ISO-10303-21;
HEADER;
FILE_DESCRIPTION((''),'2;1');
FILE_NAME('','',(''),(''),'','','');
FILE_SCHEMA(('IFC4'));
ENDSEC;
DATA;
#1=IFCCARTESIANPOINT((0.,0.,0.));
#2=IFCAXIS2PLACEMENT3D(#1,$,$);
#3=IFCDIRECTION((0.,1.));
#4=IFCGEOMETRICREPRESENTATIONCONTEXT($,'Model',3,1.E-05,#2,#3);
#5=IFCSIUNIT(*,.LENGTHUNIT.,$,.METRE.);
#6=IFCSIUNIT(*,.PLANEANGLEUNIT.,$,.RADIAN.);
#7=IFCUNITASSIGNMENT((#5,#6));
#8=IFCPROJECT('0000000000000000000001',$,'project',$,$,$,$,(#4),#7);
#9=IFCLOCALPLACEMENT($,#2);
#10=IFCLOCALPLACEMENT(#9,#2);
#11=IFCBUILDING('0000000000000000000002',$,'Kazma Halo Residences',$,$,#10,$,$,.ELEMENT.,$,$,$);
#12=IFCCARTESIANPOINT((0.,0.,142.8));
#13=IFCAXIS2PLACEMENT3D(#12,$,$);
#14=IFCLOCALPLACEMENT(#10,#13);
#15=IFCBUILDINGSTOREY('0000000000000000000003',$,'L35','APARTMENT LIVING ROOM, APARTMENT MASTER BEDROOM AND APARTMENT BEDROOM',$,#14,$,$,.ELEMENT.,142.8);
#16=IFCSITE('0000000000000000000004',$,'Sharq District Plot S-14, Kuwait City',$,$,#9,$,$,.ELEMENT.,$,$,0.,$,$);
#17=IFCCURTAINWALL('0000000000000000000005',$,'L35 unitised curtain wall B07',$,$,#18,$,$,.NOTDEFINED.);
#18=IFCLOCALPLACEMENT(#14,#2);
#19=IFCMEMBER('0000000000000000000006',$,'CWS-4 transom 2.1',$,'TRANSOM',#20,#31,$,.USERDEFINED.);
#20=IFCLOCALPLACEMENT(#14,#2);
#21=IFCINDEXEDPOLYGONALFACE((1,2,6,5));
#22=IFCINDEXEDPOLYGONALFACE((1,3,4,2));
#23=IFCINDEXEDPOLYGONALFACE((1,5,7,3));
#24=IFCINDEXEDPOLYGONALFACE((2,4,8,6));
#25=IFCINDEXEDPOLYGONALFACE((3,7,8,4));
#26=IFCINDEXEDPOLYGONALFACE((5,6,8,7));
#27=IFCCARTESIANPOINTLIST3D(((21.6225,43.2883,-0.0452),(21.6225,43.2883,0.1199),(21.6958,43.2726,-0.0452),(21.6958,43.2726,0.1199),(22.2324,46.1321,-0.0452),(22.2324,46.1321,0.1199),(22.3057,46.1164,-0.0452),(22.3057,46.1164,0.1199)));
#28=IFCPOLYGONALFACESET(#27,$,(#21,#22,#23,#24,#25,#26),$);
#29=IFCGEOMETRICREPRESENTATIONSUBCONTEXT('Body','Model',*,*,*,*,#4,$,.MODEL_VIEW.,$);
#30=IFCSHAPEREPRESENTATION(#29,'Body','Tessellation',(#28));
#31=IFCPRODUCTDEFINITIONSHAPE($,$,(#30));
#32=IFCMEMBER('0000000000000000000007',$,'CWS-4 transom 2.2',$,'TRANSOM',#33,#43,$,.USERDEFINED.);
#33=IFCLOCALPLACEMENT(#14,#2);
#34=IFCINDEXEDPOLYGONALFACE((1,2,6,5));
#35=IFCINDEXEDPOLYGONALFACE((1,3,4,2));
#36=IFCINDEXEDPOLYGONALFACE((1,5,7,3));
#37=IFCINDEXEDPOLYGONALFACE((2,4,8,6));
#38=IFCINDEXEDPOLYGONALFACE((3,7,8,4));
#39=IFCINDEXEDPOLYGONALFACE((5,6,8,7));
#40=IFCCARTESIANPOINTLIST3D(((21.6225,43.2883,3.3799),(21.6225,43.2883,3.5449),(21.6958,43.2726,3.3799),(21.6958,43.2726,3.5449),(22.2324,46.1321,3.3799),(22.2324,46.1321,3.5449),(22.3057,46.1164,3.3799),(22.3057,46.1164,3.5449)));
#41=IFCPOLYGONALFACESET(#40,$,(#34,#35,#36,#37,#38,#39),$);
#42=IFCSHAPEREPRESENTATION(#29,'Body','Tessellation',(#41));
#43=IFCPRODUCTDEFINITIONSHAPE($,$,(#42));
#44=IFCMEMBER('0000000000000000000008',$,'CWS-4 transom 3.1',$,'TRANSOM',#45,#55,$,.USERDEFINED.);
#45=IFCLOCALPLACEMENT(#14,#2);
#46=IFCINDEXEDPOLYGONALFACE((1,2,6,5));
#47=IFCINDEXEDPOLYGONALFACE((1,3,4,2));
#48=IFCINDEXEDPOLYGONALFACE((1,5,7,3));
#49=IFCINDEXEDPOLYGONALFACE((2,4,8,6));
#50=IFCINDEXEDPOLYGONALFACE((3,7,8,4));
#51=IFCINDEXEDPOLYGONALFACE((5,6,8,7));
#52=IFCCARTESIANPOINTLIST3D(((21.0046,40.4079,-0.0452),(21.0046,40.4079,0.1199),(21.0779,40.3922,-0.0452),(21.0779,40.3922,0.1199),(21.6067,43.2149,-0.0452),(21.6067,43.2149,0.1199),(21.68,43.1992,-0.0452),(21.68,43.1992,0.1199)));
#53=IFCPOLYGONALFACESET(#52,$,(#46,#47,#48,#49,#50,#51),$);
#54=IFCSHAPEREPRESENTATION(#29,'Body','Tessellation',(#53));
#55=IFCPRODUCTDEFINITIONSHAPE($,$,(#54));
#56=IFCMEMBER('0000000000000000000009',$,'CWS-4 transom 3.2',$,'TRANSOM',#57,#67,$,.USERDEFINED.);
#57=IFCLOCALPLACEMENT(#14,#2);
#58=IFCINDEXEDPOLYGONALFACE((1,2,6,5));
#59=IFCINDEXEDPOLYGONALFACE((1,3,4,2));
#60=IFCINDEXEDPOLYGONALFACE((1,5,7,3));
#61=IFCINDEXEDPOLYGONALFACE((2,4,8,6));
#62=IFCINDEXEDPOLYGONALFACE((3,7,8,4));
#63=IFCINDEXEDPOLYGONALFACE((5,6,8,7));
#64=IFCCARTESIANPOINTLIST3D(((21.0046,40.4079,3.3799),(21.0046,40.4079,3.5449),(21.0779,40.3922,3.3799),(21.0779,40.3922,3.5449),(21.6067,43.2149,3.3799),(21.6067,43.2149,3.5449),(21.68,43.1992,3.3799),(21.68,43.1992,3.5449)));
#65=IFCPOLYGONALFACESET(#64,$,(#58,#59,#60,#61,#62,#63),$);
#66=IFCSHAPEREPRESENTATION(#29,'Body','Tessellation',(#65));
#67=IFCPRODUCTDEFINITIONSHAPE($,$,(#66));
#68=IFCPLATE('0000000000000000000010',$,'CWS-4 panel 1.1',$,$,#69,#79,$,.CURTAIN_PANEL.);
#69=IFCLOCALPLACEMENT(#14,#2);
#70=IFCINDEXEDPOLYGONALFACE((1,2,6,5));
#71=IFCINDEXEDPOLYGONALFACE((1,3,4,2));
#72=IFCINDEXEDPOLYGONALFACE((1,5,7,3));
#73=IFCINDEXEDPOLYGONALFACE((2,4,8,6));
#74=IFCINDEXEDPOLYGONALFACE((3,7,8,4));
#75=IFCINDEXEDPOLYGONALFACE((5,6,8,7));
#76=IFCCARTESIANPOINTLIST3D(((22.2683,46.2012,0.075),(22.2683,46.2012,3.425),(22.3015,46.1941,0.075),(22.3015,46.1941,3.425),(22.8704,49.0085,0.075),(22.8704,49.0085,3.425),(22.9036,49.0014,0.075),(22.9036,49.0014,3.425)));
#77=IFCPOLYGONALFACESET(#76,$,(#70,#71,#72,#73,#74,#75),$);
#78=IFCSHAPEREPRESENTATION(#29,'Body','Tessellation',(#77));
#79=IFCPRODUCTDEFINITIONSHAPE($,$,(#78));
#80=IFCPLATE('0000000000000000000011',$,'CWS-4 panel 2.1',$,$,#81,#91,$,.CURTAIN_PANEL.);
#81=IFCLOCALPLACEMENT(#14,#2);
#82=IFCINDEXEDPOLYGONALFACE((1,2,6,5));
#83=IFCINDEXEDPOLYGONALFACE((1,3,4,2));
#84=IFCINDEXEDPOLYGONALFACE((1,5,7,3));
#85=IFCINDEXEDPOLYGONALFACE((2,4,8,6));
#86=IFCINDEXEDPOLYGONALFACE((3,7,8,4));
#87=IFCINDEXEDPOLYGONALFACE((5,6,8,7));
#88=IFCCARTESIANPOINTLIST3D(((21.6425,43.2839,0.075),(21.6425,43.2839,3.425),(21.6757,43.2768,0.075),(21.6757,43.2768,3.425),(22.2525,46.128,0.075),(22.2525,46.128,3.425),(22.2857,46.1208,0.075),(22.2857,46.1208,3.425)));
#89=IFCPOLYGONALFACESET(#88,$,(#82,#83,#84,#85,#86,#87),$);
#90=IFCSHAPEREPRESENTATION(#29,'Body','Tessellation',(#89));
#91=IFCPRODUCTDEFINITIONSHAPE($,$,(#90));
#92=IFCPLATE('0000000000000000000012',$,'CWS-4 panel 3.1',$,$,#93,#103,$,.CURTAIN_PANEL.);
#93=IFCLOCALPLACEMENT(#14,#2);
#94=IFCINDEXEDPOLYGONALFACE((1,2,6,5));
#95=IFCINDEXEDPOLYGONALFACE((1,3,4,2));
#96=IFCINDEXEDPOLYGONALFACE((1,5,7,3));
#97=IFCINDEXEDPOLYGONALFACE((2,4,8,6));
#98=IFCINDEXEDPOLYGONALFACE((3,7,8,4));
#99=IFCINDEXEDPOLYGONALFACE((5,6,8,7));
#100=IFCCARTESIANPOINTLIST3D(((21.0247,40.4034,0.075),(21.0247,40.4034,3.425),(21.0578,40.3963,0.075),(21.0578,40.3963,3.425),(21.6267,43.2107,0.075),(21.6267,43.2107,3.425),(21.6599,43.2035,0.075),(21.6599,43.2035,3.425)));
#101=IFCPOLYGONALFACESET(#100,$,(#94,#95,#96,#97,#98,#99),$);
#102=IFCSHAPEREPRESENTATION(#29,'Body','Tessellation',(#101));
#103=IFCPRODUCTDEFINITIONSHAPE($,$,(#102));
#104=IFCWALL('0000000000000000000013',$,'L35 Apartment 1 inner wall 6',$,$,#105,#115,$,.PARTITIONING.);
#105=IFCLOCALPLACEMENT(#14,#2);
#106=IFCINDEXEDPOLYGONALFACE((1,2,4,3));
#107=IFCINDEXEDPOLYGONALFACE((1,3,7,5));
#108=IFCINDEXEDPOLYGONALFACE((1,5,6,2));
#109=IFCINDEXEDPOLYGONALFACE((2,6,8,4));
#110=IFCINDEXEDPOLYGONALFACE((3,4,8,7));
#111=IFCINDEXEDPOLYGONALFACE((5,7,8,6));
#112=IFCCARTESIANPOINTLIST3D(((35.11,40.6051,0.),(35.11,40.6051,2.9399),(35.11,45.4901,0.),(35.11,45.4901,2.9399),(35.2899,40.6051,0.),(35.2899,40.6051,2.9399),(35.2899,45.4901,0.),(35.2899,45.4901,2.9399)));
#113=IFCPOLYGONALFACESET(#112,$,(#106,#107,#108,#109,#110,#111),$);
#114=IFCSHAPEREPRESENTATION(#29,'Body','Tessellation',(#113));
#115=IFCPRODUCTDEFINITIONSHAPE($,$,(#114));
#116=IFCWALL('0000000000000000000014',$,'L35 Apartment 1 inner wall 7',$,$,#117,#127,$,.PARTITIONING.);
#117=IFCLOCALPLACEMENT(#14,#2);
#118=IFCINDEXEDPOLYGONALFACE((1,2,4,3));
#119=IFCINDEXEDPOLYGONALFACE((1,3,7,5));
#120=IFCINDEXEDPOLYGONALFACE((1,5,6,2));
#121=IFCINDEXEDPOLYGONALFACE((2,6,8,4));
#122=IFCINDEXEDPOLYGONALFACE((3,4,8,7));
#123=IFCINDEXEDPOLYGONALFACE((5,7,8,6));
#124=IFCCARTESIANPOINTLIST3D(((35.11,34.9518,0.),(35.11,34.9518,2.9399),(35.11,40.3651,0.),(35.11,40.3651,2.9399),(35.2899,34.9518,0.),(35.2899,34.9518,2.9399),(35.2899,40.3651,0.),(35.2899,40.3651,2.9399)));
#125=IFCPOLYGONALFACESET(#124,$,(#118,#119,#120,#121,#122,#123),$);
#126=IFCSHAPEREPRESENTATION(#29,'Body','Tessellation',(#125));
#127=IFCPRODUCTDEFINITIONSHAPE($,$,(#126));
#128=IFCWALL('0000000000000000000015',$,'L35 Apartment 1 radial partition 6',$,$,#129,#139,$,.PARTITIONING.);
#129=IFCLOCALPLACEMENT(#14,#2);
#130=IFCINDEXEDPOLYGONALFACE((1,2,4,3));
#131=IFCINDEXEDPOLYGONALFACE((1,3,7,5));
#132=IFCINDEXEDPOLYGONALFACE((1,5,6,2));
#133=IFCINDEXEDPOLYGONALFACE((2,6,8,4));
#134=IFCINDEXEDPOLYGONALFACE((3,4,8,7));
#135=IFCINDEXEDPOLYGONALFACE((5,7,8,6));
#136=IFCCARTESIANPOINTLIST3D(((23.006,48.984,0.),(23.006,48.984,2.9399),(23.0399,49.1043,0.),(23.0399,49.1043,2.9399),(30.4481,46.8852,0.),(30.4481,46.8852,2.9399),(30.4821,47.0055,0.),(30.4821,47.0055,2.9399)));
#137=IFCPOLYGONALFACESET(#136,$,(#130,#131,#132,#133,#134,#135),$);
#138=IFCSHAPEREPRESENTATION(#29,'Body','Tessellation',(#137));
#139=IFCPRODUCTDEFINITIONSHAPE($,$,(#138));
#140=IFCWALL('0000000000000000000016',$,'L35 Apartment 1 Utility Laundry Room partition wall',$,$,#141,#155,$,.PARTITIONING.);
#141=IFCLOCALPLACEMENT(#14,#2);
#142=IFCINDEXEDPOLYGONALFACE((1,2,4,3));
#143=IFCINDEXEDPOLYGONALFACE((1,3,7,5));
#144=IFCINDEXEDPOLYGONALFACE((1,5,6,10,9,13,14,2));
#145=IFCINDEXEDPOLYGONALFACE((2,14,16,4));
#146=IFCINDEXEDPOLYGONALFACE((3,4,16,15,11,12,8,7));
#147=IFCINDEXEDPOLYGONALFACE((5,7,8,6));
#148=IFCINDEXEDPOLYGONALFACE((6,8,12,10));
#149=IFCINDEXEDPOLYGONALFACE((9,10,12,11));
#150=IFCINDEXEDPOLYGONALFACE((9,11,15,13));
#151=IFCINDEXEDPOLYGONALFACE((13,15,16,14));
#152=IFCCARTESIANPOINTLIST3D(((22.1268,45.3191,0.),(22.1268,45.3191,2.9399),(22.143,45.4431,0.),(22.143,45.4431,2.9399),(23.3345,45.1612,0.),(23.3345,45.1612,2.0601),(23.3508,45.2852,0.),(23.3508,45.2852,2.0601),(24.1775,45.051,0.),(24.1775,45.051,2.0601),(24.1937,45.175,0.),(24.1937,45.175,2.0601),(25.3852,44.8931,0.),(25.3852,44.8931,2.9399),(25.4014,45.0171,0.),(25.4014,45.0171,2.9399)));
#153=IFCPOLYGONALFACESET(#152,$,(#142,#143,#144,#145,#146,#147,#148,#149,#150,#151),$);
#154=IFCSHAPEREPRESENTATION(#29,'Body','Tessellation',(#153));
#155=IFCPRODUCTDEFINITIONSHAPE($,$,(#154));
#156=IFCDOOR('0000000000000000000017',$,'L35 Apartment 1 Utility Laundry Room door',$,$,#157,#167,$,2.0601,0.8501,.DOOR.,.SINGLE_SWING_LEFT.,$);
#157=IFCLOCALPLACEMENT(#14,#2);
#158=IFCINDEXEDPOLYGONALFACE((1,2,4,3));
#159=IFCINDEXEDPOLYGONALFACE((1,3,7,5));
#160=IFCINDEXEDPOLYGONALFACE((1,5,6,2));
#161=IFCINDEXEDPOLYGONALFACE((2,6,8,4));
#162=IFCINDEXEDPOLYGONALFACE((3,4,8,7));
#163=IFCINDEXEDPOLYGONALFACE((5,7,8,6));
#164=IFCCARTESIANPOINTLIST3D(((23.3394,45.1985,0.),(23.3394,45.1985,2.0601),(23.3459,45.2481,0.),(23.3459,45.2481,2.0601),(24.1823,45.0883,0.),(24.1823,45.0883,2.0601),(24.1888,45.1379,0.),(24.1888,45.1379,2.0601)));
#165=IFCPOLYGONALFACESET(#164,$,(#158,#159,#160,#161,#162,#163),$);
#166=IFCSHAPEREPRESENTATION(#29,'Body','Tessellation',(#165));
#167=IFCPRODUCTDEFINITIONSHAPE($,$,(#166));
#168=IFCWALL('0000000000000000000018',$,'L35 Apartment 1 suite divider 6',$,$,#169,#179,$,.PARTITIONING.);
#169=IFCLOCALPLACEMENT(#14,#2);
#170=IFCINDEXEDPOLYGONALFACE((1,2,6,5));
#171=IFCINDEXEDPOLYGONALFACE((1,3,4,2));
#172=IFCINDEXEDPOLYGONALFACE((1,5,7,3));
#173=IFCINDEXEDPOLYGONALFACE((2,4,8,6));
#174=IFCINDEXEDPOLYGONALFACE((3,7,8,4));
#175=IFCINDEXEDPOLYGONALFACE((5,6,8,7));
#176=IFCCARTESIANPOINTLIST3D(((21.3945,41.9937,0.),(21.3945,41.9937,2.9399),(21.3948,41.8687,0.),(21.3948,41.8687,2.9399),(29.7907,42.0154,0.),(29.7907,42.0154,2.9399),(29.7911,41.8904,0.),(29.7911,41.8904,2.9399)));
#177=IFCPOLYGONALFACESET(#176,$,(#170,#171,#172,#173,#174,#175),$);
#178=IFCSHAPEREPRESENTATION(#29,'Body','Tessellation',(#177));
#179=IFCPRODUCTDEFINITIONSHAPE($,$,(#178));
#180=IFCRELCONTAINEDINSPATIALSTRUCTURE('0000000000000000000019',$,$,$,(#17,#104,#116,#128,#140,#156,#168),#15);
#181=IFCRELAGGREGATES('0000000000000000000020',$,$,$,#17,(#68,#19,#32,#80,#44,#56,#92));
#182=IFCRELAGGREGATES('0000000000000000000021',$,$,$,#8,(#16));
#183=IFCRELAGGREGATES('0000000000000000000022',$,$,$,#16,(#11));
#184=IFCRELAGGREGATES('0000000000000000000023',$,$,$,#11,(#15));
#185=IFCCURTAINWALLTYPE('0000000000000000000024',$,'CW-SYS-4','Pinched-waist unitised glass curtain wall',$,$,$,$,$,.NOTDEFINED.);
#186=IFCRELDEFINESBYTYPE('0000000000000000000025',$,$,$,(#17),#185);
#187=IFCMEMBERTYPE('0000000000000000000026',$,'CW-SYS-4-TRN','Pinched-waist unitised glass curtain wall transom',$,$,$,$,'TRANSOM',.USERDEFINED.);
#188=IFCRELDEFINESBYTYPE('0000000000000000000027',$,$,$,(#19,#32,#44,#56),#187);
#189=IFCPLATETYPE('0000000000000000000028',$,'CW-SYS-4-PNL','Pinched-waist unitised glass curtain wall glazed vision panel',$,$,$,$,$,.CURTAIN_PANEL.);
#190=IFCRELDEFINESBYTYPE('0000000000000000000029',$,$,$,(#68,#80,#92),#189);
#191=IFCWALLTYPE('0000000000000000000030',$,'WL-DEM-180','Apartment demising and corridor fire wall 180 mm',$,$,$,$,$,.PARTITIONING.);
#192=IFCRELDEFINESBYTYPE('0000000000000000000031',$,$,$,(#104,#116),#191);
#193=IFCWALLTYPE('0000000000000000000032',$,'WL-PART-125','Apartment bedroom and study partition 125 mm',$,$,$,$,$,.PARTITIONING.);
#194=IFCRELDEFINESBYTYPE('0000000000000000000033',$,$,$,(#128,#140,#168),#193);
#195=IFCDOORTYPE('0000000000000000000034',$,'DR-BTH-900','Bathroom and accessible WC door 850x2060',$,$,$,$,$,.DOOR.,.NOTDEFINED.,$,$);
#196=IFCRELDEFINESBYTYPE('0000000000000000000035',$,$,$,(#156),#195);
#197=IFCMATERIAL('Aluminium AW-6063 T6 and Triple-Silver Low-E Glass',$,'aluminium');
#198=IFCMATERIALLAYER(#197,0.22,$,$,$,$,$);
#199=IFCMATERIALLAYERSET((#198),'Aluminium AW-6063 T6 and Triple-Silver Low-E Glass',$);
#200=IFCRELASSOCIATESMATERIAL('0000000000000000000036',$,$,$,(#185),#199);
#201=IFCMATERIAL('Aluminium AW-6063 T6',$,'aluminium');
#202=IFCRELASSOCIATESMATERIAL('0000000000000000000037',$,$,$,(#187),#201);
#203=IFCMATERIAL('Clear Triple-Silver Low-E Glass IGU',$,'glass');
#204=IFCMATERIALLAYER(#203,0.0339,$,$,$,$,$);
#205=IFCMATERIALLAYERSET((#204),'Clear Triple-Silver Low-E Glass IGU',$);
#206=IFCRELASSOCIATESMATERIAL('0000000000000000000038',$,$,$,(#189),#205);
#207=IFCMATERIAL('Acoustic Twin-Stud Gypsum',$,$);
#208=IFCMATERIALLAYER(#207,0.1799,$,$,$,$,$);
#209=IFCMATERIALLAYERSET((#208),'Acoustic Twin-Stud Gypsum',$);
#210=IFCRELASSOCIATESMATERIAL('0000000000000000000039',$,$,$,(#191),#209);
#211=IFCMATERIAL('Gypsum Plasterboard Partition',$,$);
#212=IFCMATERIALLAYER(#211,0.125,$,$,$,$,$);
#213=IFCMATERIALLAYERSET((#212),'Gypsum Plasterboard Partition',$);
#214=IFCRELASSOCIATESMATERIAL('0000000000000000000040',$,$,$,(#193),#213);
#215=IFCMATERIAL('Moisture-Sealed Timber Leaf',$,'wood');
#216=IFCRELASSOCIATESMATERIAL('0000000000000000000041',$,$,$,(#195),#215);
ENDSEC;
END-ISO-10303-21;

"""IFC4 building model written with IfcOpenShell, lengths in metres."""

from ifc_helpers import new_model, si_unit, direction, frame, frame_2d, origin, origin_2d, place, context, subcontext, project, spatial, rectangle, extrude, material, layer, layer_set, material_profile, profile_set, type_object, element, fill, aggregate, save


model = new_model("IFC4")

# Units and contexts
model_context = context("Model", 3, precision=1e-05, world=origin(), true_north=direction((0.0, 1.0)))
body_context = subcontext(model_context, "Body", "Model", "MODEL_VIEW")
ifc_project = project(units=[si_unit("LENGTHUNIT", "METRE"), si_unit("PLANEANGLEUNIT", "RADIAN")], contexts=[model_context])

# Site, building, storey
site_placement = place(None, origin())
site = spatial("IfcSite", under=ifc_project, at=site_placement, Name="Sharq District Plot S-14, Kuwait City", CompositionType="ELEMENT", RefElevation=0.0)
building_placement = place(site_placement, origin())
building = spatial("IfcBuilding", under=site, at=building_placement, Name="Kazma Halo Residences", CompositionType="ELEMENT")
storey_placement = place(building_placement, frame((0.0, 0.0, 142.8)))
storey = spatial("IfcBuildingStorey", under=building, at=storey_placement, Name="L35", Description="APARTMENT LIVING ROOM, APARTMENT MASTER BEDROOM AND APARTMENT BEDROOM", CompositionType="ELEMENT", Elevation=142.8)

# Curtain wall, members, plates
ifc_material_1 = material(Name="Aluminium AW-6063 T6 and Triple-Silver Low-E Glass", Category="aluminium")
ifc_layer_1 = layer(ifc_material_1, 0.22)
ifc_layer_set_1 = layer_set([ifc_layer_1], Name="Aluminium AW-6063 T6 and Triple-Silver Low-E Glass")
curtain_wall_type = type_object("IfcCurtainWallType", Name="CW-SYS-4", Description="Pinched-waist unitised glass curtain wall", PredefinedType="NOTDEFINED", material=ifc_layer_set_1)
curtain_wall_placement = place(storey_placement, origin())
curtain_wall = element("IfcCurtainWall", 1, at=curtain_wall_placement, inside=storey, type_object=curtain_wall_type, Name="L35 unitised curtain wall B07", PredefinedType="NOTDEFINED")
ifc_material_2 = material(Name="Aluminium AW-6063 T6", Category="aluminium")
ifc_material_profile_1 = material_profile(ifc_material_2, rectangle(XDim=0.075, YDim=0.165, at=origin_2d()), Name="CWT-75x165")
ifc_profile_set_1 = profile_set([ifc_material_profile_1], Name="Aluminium AW-6063 T6")
member_type_1 = type_object("IfcMemberType", Name="CW-SYS-4-TRN", Description="Pinched-waist unitised glass curtain wall transom", ElementType="TRANSOM", PredefinedType="USERDEFINED", material=ifc_profile_set_1)
member_1_placement = place(storey_placement, frame((22.269, 46.1243, 0.0374), z_axis=(-0.20969, -0.977768, 0.0), x_axis=(0.977768, -0.20969, 0.0)))
member_1 = element("IfcMember", 2, at=member_1_placement, type_object=member_type_1, Name="CWS-4 transom 2.1", ObjectType="TRANSOM", PredefinedType="USERDEFINED", context=body_context, shape_type="SweptSolid", body=[
    extrude(rectangle(XDim=0.075, YDim=0.165, at=origin_2d()), origin(), (0.0, 0.0, 1.0), 2.9084),
])
member_2_placement = place(storey_placement, frame((22.269, 46.1243, 3.4624), z_axis=(-0.20969, -0.977768, 0.0), x_axis=(0.977768, -0.20969, 0.0)))
member_2 = element("IfcMember", 3, at=member_2_placement, type_object=member_type_1, Name="CWS-4 transom 2.2", ObjectType="TRANSOM", PredefinedType="USERDEFINED", context=body_context, shape_type="SweptSolid", body=[
    extrude(rectangle(XDim=0.075, YDim=0.165, at=origin_2d()), origin(), (0.0, 0.0, 1.0), 2.9084),
])
member_3_placement = place(storey_placement, frame((21.6433, 43.207, 0.0374), z_axis=(-0.209703, -0.977765, 0.0), x_axis=(0.977765, -0.209703, 0.0)))
member_3 = element("IfcMember", 4, at=member_3_placement, type_object=member_type_1, Name="CWS-4 transom 3.1", ObjectType="TRANSOM", PredefinedType="USERDEFINED", context=body_context, shape_type="SweptSolid", body=[
    extrude(rectangle(XDim=0.075, YDim=0.165, at=origin_2d()), origin(), (0.0, 0.0, 1.0), 2.8708),
])
member_4_placement = place(storey_placement, frame((21.6433, 43.207, 3.4624), z_axis=(-0.209703, -0.977765, 0.0), x_axis=(0.977765, -0.209703, 0.0)))
member_4 = element("IfcMember", 5, at=member_4_placement, type_object=member_type_1, Name="CWS-4 transom 3.2", ObjectType="TRANSOM", PredefinedType="USERDEFINED", context=body_context, shape_type="SweptSolid", body=[
    extrude(rectangle(XDim=0.075, YDim=0.165, at=origin_2d()), origin(), (0.0, 0.0, 1.0), 2.8708),
])
ifc_material_3 = material(Name="Clear Triple-Silver Low-E Glass IGU", Category="glass")
ifc_layer_2 = layer(ifc_material_3, 0.0339)
ifc_layer_set_2 = layer_set([ifc_layer_2], Name="Clear Triple-Silver Low-E Glass IGU")
plate_type = type_object("IfcPlateType", Name="CW-SYS-4-PNL", Description="Pinched-waist unitised glass curtain wall glazed vision panel", PredefinedType="CURTAIN_PANEL", material=ifc_layer_set_2)
plate_1_placement = place(storey_placement, frame((22.5859, 47.6013, 0.075), z_axis=(0.0, 0.0, 1.0), x_axis=(-0.209704, -0.977765, 0.0)))
plate_1 = element("IfcPlate", 6, at=plate_1_placement, type_object=plate_type, Name="CWS-4 panel 1.1", PredefinedType="CURTAIN_PANEL", context=body_context, shape_type="SweptSolid", body=[
    extrude(rectangle(XDim=2.8711, YDim=0.0339, at=origin_2d()), origin(), (0.0, 0.0, 1.0), 3.3501),
])
plate_2_placement = place(storey_placement, frame((21.9641, 44.7024, 0.075), z_axis=(0.0, 0.0, 1.0), x_axis=(-0.209704, -0.977765, 0.0)))
plate_2 = element("IfcPlate", 7, at=plate_2_placement, type_object=plate_type, Name="CWS-4 panel 2.1", PredefinedType="CURTAIN_PANEL", context=body_context, shape_type="SweptSolid", body=[
    extrude(rectangle(XDim=2.9087, YDim=0.0339, at=origin_2d()), origin(), (0.0, 0.0, 1.0), 3.3501),
])
plate_3_placement = place(storey_placement, frame((21.3423, 41.8035, 0.075), z_axis=(0.0, 0.0, 1.0), x_axis=(-0.209704, -0.977765, 0.0)))
plate_3 = element("IfcPlate", 8, at=plate_3_placement, type_object=plate_type, Name="CWS-4 panel 3.1", PredefinedType="CURTAIN_PANEL", context=body_context, shape_type="SweptSolid", body=[
    extrude(rectangle(XDim=2.8711, YDim=0.0339, at=origin_2d()), origin(), (0.0, 0.0, 1.0), 3.3501),
])
aggregate(curtain_wall, [plate_1, member_1, member_2, plate_2, member_3, member_4, plate_3])

# Walls
ifc_material_4 = material(Name="Acoustic Twin-Stud Gypsum")
ifc_layer_3 = layer(ifc_material_4, 0.1799)
ifc_layer_set_3 = layer_set([ifc_layer_3], Name="Acoustic Twin-Stud Gypsum")
wall_type_1 = type_object("IfcWallType", Name="WL-DEM-180", Description="Apartment demising and corridor fire wall 180 mm", PredefinedType="PARTITIONING", material=ifc_layer_set_3)
wall_1_placement = place(storey_placement, frame((35.2, 45.49, 0.0), z_axis=(0.0, 0.0, 1.0), x_axis=(0.0, -1.0, 0.0)))
element("IfcWall", 9, at=wall_1_placement, inside=storey, type_object=wall_type_1, Name="L35 Apartment 1 inner wall 6", PredefinedType="PARTITIONING", context=body_context, shape_type="SweptSolid", body=[
    extrude(rectangle(XDim=4.885, YDim=0.1799, at=frame_2d((2.4424, 0.0))), origin(), (0.0, 0.0, 1.0), 2.9399),
])
wall_2_placement = place(storey_placement, frame((35.2, 40.365, 0.0), z_axis=(0.0, 0.0, 1.0), x_axis=(0.0, -1.0, 0.0)))
element("IfcWall", 10, at=wall_2_placement, inside=storey, type_object=wall_type_1, Name="L35 Apartment 1 inner wall 7", PredefinedType="PARTITIONING", context=body_context, shape_type="SweptSolid", body=[
    extrude(rectangle(XDim=5.4133, YDim=0.1799, at=frame_2d((2.7065, 0.0))), origin(), (0.0, 0.0, 1.0), 2.9399),
])
ifc_material_5 = material(Name="Gypsum Plasterboard Partition")
ifc_layer_4 = layer(ifc_material_5, 0.125)
ifc_layer_set_4 = layer_set([ifc_layer_4], Name="Gypsum Plasterboard Partition")
wall_type_2 = type_object("IfcWallType", Name="WL-PART-125", Description="Apartment bedroom and study partition 125 mm", PredefinedType="PARTITIONING", material=ifc_layer_set_4)
wall_3_placement = place(storey_placement, frame((30.4651, 46.9453, 0.0), z_axis=(0.0, 0.0, 1.0), x_axis=(-0.962456, 0.271438, 0.0)))
element("IfcWall", 11, at=wall_3_placement, inside=storey, type_object=wall_type_2, Name="L35 Apartment 1 radial partition 6", PredefinedType="PARTITIONING", context=body_context, shape_type="SweptSolid", body=[
    extrude(rectangle(XDim=7.7324, YDim=0.125, at=frame_2d((3.8662, 0.0))), origin(), (0.0, 0.0, 1.0), 2.9399),
])

# Wall, opening, door
wall_4_placement = place(storey_placement, frame((25.3933, 44.9551, 0.0), z_axis=(0.0, 0.0, 1.0), x_axis=(-0.99156, 0.129647, 0.0)))
wall_4 = element("IfcWall", 12, at=wall_4_placement, inside=storey, type_object=wall_type_2, Name="L35 Apartment 1 Utility Laundry Room partition wall", PredefinedType="PARTITIONING", context=body_context, shape_type="SweptSolid", body=[
    extrude(rectangle(XDim=3.2861, YDim=0.125, at=frame_2d((1.6431, 0.0))), origin(), (0.0, 0.0, 1.0), 2.9399),
])
opening_1_placement = place(wall_4_placement, frame((1.218, 0.0, 0.0)))
opening_1 = element("IfcOpeningElement", 13, at=opening_1_placement, cuts=wall_4, PredefinedType="OPENING", context=body_context, shape_type="SweptSolid", body=[
    extrude(rectangle(XDim=0.8501, YDim=2.0601, at=frame_2d((0.425, 1.03))), frame((0.0, 0.0725, 0.0), z_axis=(0.0, -1.0, 0.0), x_axis=(1.0, 0.0, 0.0)), (0.0, 0.0, 1.0), 0.145),
])
ifc_material_6 = material(Name="Moisture-Sealed Timber Leaf", Category="wood")
door_type = type_object("IfcDoorType", Name="DR-BTH-900", Description="Bathroom and accessible WC door 850x2060", OperationType="NOTDEFINED", PredefinedType="DOOR", material=ifc_material_6)
door_1_placement = place(opening_1_placement, origin())
door_1 = element("IfcDoor", 14, at=door_1_placement, inside=storey, type_object=door_type, Name="L35 Apartment 1 Utility Laundry Room door", OperationType="SINGLE_SWING_LEFT", OverallHeight=2.0601, OverallWidth=0.8501, PredefinedType="DOOR", context=body_context, shape_type="SweptSolid", body=[
    extrude(rectangle(XDim=0.8501, YDim=2.0601, at=frame_2d((0.425, 1.03))), frame((0.0, 0.0249, 0.0), z_axis=(0.0, -1.0, 0.0), x_axis=(1.0, 0.0, 0.0)), (0.0, 0.0, 1.0), 0.05),
])
fill(opening_1, door_1)

# Wall
wall_5_placement = place(storey_placement, frame((29.791, 41.9529, 0.0), z_axis=(0.0, 0.0, 1.0), x_axis=(-0.999997, -0.002588, 0.0)))
element("IfcWall", 15, at=wall_5_placement, inside=storey, type_object=wall_type_2, Name="L35 Apartment 1 suite divider 6", PredefinedType="PARTITIONING", context=body_context, shape_type="SweptSolid", body=[
    extrude(rectangle(XDim=8.3962, YDim=0.125, at=frame_2d((4.1982, 0.0))), origin(), (0.0, 0.0, 1.0), 2.9399),
])

save(model, "model.ifc")
